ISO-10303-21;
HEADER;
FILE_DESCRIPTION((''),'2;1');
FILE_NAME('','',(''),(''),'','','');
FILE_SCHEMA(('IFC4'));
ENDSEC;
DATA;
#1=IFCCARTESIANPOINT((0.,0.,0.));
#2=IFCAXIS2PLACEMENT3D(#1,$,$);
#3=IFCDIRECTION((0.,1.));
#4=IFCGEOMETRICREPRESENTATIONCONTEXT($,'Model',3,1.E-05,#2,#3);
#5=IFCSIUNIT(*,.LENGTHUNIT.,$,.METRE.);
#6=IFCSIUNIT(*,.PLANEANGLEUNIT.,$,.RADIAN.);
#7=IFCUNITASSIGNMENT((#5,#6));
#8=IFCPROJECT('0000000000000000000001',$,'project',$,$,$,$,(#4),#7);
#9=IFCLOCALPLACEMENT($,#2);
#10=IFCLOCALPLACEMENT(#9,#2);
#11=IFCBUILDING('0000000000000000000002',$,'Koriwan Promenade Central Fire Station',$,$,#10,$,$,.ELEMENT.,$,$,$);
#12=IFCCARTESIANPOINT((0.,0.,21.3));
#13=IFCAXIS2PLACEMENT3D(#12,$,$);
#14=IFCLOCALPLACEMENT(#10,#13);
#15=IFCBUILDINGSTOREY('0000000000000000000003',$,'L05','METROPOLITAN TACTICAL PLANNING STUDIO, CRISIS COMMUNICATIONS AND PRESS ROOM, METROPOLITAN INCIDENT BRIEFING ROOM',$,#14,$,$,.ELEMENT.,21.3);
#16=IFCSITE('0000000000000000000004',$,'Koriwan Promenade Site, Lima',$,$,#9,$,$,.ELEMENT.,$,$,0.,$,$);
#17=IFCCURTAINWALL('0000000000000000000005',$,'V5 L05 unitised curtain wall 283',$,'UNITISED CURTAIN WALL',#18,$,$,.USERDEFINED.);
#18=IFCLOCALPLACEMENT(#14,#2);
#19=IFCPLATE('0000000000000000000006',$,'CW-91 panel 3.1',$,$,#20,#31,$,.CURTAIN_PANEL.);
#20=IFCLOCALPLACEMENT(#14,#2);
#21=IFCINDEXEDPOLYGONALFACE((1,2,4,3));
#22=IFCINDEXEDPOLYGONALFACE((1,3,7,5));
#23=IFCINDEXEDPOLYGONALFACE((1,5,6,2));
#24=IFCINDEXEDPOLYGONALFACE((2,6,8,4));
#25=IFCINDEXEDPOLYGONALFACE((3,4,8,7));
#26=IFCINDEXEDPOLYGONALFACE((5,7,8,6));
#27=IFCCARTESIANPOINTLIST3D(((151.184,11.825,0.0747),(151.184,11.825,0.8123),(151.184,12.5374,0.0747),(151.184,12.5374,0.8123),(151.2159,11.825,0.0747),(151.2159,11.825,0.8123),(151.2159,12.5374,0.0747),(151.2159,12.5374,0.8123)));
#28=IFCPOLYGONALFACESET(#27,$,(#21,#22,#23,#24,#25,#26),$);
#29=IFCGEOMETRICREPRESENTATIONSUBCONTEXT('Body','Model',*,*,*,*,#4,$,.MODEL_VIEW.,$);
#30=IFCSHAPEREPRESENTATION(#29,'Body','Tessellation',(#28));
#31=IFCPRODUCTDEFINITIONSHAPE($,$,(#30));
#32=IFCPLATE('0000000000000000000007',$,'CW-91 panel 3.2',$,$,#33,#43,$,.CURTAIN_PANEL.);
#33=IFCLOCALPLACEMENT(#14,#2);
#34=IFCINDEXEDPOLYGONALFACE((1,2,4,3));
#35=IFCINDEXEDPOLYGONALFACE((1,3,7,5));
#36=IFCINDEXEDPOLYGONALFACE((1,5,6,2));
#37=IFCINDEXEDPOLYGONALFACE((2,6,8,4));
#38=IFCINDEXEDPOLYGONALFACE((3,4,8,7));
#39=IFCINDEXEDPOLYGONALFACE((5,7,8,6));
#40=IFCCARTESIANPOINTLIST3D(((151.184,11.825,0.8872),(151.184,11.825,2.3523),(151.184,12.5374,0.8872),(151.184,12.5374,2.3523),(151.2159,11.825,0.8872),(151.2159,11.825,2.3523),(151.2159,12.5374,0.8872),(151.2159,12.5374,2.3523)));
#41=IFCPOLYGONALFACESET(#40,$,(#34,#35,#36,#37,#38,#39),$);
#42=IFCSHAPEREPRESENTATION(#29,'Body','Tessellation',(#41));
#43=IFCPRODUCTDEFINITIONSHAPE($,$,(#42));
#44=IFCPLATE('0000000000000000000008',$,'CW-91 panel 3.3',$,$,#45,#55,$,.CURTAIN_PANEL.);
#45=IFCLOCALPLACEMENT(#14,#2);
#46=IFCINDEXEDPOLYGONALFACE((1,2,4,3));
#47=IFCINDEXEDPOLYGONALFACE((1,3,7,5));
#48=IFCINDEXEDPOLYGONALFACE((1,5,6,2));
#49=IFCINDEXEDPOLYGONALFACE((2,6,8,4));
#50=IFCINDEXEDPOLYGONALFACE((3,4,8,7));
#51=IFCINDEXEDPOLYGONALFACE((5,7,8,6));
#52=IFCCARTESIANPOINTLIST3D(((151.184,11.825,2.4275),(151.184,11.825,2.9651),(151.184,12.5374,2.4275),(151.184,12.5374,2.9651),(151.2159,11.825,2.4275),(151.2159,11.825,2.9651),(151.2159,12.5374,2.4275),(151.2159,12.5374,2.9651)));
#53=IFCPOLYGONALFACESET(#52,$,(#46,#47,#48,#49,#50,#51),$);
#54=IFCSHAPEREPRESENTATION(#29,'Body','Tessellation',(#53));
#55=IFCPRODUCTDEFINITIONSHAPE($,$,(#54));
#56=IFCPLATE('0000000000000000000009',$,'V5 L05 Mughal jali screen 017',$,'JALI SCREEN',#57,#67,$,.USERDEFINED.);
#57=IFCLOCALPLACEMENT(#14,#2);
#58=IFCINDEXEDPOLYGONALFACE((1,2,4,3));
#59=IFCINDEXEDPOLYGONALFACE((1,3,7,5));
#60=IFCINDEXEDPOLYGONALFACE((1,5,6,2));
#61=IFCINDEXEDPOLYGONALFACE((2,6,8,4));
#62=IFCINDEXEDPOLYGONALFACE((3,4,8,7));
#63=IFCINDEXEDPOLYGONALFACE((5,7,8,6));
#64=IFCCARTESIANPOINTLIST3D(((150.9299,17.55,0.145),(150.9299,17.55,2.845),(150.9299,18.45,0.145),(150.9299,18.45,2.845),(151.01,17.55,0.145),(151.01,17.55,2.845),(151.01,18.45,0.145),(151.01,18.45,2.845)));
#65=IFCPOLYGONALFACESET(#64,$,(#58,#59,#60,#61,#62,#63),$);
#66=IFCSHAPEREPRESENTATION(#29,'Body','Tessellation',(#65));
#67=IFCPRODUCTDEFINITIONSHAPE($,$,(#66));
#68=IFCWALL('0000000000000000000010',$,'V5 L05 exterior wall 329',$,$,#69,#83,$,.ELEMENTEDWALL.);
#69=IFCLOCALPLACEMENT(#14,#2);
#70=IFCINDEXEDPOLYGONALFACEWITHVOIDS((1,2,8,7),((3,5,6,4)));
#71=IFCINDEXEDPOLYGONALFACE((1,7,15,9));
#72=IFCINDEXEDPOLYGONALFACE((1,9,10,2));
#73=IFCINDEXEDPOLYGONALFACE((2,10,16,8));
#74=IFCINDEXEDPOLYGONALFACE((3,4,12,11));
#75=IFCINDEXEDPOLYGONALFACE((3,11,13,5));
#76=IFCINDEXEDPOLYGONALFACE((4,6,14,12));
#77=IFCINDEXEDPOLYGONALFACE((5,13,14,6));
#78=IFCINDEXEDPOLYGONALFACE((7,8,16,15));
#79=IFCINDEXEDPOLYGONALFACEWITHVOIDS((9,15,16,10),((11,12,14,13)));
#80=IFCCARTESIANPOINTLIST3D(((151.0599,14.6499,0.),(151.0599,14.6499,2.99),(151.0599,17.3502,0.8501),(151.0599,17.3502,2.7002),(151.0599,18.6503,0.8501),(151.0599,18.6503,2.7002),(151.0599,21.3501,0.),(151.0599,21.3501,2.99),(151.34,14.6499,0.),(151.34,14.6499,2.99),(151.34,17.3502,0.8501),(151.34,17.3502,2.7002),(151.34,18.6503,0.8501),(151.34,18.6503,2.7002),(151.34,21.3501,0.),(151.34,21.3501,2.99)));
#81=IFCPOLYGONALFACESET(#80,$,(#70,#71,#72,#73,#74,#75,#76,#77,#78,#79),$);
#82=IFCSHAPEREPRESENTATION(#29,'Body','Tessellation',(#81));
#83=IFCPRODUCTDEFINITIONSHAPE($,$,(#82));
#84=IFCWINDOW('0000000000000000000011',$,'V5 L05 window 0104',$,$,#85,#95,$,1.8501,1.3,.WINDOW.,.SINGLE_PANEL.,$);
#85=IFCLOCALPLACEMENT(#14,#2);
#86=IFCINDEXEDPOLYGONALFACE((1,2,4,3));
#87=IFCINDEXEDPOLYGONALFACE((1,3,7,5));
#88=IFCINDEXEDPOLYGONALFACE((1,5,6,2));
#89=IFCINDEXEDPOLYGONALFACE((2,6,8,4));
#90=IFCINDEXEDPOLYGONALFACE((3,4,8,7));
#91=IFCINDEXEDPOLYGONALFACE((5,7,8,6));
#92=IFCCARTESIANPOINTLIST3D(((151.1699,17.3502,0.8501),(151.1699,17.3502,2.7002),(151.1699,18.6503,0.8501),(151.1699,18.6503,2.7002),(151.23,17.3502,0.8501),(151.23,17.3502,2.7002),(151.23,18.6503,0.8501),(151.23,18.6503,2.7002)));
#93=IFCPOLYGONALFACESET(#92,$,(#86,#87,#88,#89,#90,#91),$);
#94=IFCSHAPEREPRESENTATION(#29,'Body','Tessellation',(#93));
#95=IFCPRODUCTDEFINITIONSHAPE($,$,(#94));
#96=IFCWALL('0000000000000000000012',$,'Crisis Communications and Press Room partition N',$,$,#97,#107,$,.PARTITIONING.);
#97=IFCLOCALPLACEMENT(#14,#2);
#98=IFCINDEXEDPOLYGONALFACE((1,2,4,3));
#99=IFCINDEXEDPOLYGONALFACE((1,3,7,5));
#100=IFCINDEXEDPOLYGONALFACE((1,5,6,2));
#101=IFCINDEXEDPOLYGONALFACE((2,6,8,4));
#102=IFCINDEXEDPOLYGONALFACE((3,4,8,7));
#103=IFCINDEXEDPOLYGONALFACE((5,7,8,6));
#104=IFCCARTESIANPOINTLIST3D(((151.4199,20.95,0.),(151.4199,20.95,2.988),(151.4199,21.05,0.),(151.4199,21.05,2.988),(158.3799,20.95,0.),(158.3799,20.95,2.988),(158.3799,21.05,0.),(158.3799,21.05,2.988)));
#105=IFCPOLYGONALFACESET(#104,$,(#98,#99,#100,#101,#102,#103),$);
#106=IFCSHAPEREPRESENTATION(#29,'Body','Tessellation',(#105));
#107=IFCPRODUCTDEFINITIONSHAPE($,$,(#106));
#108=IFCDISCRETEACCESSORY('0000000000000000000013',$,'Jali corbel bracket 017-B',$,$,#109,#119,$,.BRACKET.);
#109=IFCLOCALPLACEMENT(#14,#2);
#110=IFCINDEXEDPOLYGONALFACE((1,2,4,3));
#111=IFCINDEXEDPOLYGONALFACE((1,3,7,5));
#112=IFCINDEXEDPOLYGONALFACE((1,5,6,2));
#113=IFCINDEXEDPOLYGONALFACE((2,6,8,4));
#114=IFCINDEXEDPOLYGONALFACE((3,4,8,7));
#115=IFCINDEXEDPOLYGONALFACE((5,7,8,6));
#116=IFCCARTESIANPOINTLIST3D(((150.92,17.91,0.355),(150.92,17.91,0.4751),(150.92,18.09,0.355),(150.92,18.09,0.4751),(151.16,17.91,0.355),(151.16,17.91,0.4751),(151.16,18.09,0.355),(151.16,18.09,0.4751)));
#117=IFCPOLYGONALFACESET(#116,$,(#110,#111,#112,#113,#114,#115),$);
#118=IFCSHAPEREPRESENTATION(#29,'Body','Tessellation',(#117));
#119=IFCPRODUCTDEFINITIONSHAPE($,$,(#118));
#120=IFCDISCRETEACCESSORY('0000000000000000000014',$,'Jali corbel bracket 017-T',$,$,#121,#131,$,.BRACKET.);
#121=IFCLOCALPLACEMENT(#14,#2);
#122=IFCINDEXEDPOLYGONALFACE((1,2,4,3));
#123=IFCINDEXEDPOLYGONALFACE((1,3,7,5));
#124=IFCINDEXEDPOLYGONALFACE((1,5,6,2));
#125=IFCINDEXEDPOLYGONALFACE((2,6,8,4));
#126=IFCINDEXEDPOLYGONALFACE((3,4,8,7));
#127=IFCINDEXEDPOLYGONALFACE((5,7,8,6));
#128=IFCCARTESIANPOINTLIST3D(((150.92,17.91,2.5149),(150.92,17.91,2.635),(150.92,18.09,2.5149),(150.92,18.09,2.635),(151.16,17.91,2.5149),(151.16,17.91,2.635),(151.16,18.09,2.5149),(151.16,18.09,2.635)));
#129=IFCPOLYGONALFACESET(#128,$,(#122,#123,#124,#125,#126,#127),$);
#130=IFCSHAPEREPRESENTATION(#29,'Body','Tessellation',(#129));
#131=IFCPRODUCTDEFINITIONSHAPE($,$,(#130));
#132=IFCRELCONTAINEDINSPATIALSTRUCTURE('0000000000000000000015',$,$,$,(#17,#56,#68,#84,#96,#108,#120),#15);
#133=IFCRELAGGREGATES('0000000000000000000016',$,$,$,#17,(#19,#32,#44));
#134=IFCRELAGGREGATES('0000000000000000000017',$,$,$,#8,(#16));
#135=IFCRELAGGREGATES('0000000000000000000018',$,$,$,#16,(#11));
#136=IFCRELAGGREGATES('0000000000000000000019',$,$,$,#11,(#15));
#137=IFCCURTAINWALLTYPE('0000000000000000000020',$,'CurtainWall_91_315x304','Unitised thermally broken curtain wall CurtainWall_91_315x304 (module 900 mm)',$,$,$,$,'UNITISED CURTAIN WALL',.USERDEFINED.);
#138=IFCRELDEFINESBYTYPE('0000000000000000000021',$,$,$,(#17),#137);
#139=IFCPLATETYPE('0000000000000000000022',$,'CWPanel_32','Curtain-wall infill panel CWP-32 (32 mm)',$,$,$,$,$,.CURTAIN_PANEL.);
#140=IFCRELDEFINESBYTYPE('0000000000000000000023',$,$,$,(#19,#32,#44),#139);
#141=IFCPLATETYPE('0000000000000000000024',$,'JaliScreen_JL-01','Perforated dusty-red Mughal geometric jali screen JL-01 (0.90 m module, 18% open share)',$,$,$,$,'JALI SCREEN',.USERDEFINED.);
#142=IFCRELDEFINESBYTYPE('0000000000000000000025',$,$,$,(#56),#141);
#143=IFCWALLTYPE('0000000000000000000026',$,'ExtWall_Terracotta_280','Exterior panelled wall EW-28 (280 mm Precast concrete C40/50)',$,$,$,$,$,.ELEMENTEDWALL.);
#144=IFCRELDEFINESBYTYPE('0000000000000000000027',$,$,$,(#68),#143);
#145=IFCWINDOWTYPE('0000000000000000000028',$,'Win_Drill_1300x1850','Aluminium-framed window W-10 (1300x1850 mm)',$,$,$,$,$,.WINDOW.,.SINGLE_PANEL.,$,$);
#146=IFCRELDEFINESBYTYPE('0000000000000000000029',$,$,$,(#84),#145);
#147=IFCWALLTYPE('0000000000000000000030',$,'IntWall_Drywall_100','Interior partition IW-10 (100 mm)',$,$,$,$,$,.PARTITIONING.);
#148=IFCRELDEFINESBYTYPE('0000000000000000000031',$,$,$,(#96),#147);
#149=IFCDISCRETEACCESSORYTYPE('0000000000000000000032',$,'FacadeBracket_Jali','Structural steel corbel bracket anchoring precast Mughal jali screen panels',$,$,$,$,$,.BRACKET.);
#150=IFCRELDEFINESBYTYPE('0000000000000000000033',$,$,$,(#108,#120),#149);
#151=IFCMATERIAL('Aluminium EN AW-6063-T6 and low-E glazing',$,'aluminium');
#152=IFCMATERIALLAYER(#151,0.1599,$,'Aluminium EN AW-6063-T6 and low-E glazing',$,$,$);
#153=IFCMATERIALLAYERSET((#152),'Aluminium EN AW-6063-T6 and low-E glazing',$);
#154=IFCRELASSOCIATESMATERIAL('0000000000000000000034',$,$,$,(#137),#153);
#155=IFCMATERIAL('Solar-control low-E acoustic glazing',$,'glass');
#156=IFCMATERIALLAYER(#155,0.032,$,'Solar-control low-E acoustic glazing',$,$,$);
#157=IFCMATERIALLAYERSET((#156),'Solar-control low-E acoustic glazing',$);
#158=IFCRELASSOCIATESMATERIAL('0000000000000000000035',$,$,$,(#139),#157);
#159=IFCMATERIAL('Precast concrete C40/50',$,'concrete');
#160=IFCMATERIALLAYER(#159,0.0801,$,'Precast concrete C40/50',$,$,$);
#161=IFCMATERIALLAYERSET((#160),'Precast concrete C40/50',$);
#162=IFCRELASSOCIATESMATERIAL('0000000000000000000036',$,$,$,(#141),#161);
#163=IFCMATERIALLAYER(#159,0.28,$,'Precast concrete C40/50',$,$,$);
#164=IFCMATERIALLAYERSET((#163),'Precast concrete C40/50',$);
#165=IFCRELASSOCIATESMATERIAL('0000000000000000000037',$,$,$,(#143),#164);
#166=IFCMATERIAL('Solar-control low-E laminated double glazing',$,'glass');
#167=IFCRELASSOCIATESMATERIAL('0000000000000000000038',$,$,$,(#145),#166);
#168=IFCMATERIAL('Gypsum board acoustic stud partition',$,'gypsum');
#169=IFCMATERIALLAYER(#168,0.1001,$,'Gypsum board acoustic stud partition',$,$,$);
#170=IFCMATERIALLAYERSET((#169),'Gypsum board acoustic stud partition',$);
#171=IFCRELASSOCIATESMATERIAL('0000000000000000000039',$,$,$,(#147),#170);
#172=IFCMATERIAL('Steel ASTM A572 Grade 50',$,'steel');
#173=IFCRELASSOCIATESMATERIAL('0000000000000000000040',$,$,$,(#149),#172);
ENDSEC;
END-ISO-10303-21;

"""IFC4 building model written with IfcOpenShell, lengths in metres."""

from ifc_helpers import new_model, si_unit, direction, frame, frame_2d, origin, origin_2d, place, context, subcontext, project, spatial, rectangle, extrude, material, layer, layer_set, type_object, element, fill, aggregate, save


model = new_model("IFC4")

# Units and contexts
model_context = context("Model", 3, precision=1e-05, world=origin(), true_north=direction((0.0, 1.0)))
body_context = subcontext(model_context, "Body", "Model", "MODEL_VIEW")
ifc_project = project(units=[si_unit("LENGTHUNIT", "METRE"), si_unit("PLANEANGLEUNIT", "RADIAN")], contexts=[model_context])

# Site, building, storey
site_placement = place(None, origin())
site = spatial("IfcSite", under=ifc_project, at=site_placement, Name="Koriwan Promenade Site, Lima", CompositionType="ELEMENT", RefElevation=0.0)
building_placement = place(site_placement, origin())
building = spatial("IfcBuilding", under=site, at=building_placement, Name="Koriwan Promenade Central Fire Station", CompositionType="ELEMENT")
storey_placement = place(building_placement, frame((0.0, 0.0, 21.3)))
storey = spatial("IfcBuildingStorey", under=building, at=storey_placement, Name="L05", Description="METROPOLITAN TACTICAL PLANNING STUDIO, CRISIS COMMUNICATIONS AND PRESS ROOM, METROPOLITAN INCIDENT BRIEFING ROOM", CompositionType="ELEMENT", Elevation=21.3)

# Curtain wall, plates
ifc_material_1 = material(Name="Aluminium EN AW-6063-T6 and low-E glazing", Category="aluminium")
ifc_layer_1 = layer(ifc_material_1, 0.1599, Name="Aluminium EN AW-6063-T6 and low-E glazing")
ifc_layer_set_1 = layer_set([ifc_layer_1], Name="Aluminium EN AW-6063-T6 and low-E glazing")
curtain_wall_type = type_object("IfcCurtainWallType", Name="CurtainWall_91_315x304", Description="Unitised thermally broken curtain wall CurtainWall_91_315x304 (module 900 mm)", ElementType="UNITISED CURTAIN WALL", PredefinedType="USERDEFINED", material=ifc_layer_set_1)
curtain_wall_placement = place(storey_placement, origin())
curtain_wall = element("IfcCurtainWall", 1, at=curtain_wall_placement, inside=storey, type_object=curtain_wall_type, Name="V5 L05 unitised curtain wall 283", ObjectType="UNITISED CURTAIN WALL", PredefinedType="USERDEFINED")
ifc_material_2 = material(Name="Solar-control low-E acoustic glazing", Category="glass")
ifc_layer_2 = layer(ifc_material_2, 0.032, Name="Solar-control low-E acoustic glazing")
ifc_layer_set_2 = layer_set([ifc_layer_2], Name="Solar-control low-E acoustic glazing")
plate_type_1 = type_object("IfcPlateType", Name="CWPanel_32", Description="Curtain-wall infill panel CWP-32 (32 mm)", PredefinedType="CURTAIN_PANEL", material=ifc_layer_set_2)
plate_1_placement = place(storey_placement, frame((151.2, 12.1812, 0.0747), z_axis=(0.0, 0.0, 1.0), x_axis=(0.0, -1.0, 0.0)))
plate_1 = element("IfcPlate", 2, at=plate_1_placement, type_object=plate_type_1, Name="CW-91 panel 3.1", PredefinedType="CURTAIN_PANEL", context=body_context, shape_type="SweptSolid", body=[
    extrude(rectangle(XDim=0.7124, YDim=0.032, at=origin_2d()), origin(), (0.0, 0.0, 1.0), 0.7375),
])
plate_2_placement = place(storey_placement, frame((151.2, 12.1812, 0.8872), z_axis=(0.0, 0.0, 1.0), x_axis=(0.0, -1.0, 0.0)))
plate_2 = element("IfcPlate", 3, at=plate_2_placement, type_object=plate_type_1, Name="CW-91 panel 3.2", PredefinedType="CURTAIN_PANEL", context=body_context, shape_type="SweptSolid", body=[
    extrude(rectangle(XDim=0.7124, YDim=0.032, at=origin_2d()), origin(), (0.0, 0.0, 1.0), 1.4651),
])
plate_3_placement = place(storey_placement, frame((151.2, 12.1812, 2.4275), z_axis=(0.0, 0.0, 1.0), x_axis=(0.0, -1.0, 0.0)))
plate_3 = element("IfcPlate", 4, at=plate_3_placement, type_object=plate_type_1, Name="CW-91 panel 3.3", PredefinedType="CURTAIN_PANEL", context=body_context, shape_type="SweptSolid", body=[
    extrude(rectangle(XDim=0.7124, YDim=0.032, at=origin_2d()), origin(), (0.0, 0.0, 1.0), 0.5376),
])
aggregate(curtain_wall, [plate_1, plate_2, plate_3])

# Plate
ifc_material_3 = material(Name="Precast concrete C40/50", Category="concrete")
ifc_layer_3 = layer(ifc_material_3, 0.0801, Name="Precast concrete C40/50")
ifc_layer_set_3 = layer_set([ifc_layer_3], Name="Precast concrete C40/50")
plate_type_2 = type_object("IfcPlateType", Name="JaliScreen_JL-01", Description="Perforated dusty-red Mughal geometric jali screen JL-01 (0.90 m module, 18% open share)", ElementType="JALI SCREEN", PredefinedType="USERDEFINED", material=ifc_layer_set_3)
plate_4_placement = place(storey_placement, frame((150.97, 18.0, 0.145), z_axis=(0.0, 0.0, 1.0), x_axis=(0.0, -1.0, 0.0)))
element("IfcPlate", 5, at=plate_4_placement, inside=storey, type_object=plate_type_2, Name="V5 L05 Mughal jali screen 017", ObjectType="JALI SCREEN", PredefinedType="USERDEFINED", context=body_context, shape_type="SweptSolid", body=[
    extrude(rectangle(XDim=0.8999, YDim=0.0801, at=origin_2d()), origin(), (0.0, 0.0, 1.0), 2.7),
])

# Wall, opening, window
ifc_layer_4 = layer(ifc_material_3, 0.28, Name="Precast concrete C40/50")
ifc_layer_set_4 = layer_set([ifc_layer_4], Name="Precast concrete C40/50")
wall_type_1 = type_object("IfcWallType", Name="ExtWall_Terracotta_280", Description="Exterior panelled wall EW-28 (280 mm Precast concrete C40/50)", PredefinedType="ELEMENTEDWALL", material=ifc_layer_set_4)
wall_1_placement = place(storey_placement, frame((151.2, 21.3501, 0.0), z_axis=(0.0, 0.0, 1.0), x_axis=(0.0, -1.0, 0.0)))
wall_1 = element("IfcWall", 6, at=wall_1_placement, inside=storey, type_object=wall_type_1, Name="V5 L05 exterior wall 329", PredefinedType="ELEMENTEDWALL", context=body_context, shape_type="SweptSolid", body=[
    extrude(rectangle(XDim=6.7002, YDim=0.28, at=frame_2d((3.3501, 0.0))), origin(), (0.0, 0.0, 1.0), 2.99),
])
opening_placement = place(wall_1_placement, frame((2.7, 0.0, 0.8501)))
opening = element("IfcOpeningElement", 7, at=opening_placement, cuts=wall_1, PredefinedType="OPENING", context=body_context, shape_type="SweptSolid", body=[
    extrude(rectangle(XDim=1.3, YDim=1.8501, at=frame_2d((0.6499, 0.925))), frame((0.0, 0.1519, 0.0), z_axis=(0.0, -1.0, 0.0), x_axis=(1.0, 0.0, 0.0)), (0.0, 0.0, 1.0), 0.304),
])
ifc_material_4 = material(Name="Solar-control low-E laminated double glazing", Category="glass")
window_type = type_object("IfcWindowType", Name="Win_Drill_1300x1850", Description="Aluminium-framed window W-10 (1300x1850 mm)", PartitioningType="SINGLE_PANEL", PredefinedType="WINDOW", material=ifc_material_4)
window_placement = place(opening_placement, origin())
window = element("IfcWindow", 8, at=window_placement, inside=storey, type_object=window_type, Name="V5 L05 window 0104", OverallHeight=1.8501, OverallWidth=1.3, PartitioningType="SINGLE_PANEL", PredefinedType="WINDOW", context=body_context, shape_type="SweptSolid", body=[
    extrude(rectangle(XDim=1.3, YDim=1.8501, at=frame_2d((0.6499, 0.925))), frame((0.0, 0.03, 0.0), z_axis=(0.0, -1.0, 0.0), x_axis=(1.0, 0.0, 0.0)), (0.0, 0.0, 1.0), 0.0601),
])
fill(opening, window)

# Wall
ifc_material_5 = material(Name="Gypsum board acoustic stud partition", Category="gypsum")
ifc_layer_5 = layer(ifc_material_5, 0.1001, Name="Gypsum board acoustic stud partition")
ifc_layer_set_5 = layer_set([ifc_layer_5], Name="Gypsum board acoustic stud partition")
wall_type_2 = type_object("IfcWallType", Name="IntWall_Drywall_100", Description="Interior partition IW-10 (100 mm)", PredefinedType="PARTITIONING", material=ifc_layer_set_5)
wall_2_placement = place(storey_placement, frame((151.4199, 21.0, 0.0), z_axis=(0.0, 0.0, 1.0), x_axis=(1.0, 0.0, 0.0)))
element("IfcWall", 9, at=wall_2_placement, inside=storey, type_object=wall_type_2, Name="Crisis Communications and Press Room partition N", PredefinedType="PARTITIONING", context=body_context, shape_type="SweptSolid", body=[
    extrude(rectangle(XDim=6.96, YDim=0.1001, at=frame_2d((3.48, 0.0))), origin(), (0.0, 0.0, 1.0), 2.988),
])

# Discrete accessories
ifc_material_6 = material(Name="Steel ASTM A572 Grade 50", Category="steel")
discrete_accessory_type = type_object("IfcDiscreteAccessoryType", Name="FacadeBracket_Jali", Description="Structural steel corbel bracket anchoring precast Mughal jali screen panels", PredefinedType="BRACKET", material=ifc_material_6)
for number, where, z_axis, x_axis, name in (
    (10, (151.04, 18.0, 0.355), (0.0, 0.0, 1.0), (-1.0, 0.0, 0.0), "Jali corbel bracket 017-B"),
    (11, (151.04, 18.0, 2.5149), (0.0, 0.0, 1.0), (-1.0, 0.0, 0.0), "Jali corbel bracket 017-T"),
):
    element("IfcDiscreteAccessory", number, at=place(storey_placement, frame(where, z_axis=z_axis, x_axis=x_axis)), inside=storey, type_object=discrete_accessory_type, Name=name, PredefinedType="BRACKET", context=body_context, shape_type="SweptSolid", body=[
        extrude(rectangle(XDim=0.24, YDim=0.1799, at=origin_2d()), origin(), (0.0, 0.0, 1.0), 0.1201),
    ])

save(model, "model.ifc")
